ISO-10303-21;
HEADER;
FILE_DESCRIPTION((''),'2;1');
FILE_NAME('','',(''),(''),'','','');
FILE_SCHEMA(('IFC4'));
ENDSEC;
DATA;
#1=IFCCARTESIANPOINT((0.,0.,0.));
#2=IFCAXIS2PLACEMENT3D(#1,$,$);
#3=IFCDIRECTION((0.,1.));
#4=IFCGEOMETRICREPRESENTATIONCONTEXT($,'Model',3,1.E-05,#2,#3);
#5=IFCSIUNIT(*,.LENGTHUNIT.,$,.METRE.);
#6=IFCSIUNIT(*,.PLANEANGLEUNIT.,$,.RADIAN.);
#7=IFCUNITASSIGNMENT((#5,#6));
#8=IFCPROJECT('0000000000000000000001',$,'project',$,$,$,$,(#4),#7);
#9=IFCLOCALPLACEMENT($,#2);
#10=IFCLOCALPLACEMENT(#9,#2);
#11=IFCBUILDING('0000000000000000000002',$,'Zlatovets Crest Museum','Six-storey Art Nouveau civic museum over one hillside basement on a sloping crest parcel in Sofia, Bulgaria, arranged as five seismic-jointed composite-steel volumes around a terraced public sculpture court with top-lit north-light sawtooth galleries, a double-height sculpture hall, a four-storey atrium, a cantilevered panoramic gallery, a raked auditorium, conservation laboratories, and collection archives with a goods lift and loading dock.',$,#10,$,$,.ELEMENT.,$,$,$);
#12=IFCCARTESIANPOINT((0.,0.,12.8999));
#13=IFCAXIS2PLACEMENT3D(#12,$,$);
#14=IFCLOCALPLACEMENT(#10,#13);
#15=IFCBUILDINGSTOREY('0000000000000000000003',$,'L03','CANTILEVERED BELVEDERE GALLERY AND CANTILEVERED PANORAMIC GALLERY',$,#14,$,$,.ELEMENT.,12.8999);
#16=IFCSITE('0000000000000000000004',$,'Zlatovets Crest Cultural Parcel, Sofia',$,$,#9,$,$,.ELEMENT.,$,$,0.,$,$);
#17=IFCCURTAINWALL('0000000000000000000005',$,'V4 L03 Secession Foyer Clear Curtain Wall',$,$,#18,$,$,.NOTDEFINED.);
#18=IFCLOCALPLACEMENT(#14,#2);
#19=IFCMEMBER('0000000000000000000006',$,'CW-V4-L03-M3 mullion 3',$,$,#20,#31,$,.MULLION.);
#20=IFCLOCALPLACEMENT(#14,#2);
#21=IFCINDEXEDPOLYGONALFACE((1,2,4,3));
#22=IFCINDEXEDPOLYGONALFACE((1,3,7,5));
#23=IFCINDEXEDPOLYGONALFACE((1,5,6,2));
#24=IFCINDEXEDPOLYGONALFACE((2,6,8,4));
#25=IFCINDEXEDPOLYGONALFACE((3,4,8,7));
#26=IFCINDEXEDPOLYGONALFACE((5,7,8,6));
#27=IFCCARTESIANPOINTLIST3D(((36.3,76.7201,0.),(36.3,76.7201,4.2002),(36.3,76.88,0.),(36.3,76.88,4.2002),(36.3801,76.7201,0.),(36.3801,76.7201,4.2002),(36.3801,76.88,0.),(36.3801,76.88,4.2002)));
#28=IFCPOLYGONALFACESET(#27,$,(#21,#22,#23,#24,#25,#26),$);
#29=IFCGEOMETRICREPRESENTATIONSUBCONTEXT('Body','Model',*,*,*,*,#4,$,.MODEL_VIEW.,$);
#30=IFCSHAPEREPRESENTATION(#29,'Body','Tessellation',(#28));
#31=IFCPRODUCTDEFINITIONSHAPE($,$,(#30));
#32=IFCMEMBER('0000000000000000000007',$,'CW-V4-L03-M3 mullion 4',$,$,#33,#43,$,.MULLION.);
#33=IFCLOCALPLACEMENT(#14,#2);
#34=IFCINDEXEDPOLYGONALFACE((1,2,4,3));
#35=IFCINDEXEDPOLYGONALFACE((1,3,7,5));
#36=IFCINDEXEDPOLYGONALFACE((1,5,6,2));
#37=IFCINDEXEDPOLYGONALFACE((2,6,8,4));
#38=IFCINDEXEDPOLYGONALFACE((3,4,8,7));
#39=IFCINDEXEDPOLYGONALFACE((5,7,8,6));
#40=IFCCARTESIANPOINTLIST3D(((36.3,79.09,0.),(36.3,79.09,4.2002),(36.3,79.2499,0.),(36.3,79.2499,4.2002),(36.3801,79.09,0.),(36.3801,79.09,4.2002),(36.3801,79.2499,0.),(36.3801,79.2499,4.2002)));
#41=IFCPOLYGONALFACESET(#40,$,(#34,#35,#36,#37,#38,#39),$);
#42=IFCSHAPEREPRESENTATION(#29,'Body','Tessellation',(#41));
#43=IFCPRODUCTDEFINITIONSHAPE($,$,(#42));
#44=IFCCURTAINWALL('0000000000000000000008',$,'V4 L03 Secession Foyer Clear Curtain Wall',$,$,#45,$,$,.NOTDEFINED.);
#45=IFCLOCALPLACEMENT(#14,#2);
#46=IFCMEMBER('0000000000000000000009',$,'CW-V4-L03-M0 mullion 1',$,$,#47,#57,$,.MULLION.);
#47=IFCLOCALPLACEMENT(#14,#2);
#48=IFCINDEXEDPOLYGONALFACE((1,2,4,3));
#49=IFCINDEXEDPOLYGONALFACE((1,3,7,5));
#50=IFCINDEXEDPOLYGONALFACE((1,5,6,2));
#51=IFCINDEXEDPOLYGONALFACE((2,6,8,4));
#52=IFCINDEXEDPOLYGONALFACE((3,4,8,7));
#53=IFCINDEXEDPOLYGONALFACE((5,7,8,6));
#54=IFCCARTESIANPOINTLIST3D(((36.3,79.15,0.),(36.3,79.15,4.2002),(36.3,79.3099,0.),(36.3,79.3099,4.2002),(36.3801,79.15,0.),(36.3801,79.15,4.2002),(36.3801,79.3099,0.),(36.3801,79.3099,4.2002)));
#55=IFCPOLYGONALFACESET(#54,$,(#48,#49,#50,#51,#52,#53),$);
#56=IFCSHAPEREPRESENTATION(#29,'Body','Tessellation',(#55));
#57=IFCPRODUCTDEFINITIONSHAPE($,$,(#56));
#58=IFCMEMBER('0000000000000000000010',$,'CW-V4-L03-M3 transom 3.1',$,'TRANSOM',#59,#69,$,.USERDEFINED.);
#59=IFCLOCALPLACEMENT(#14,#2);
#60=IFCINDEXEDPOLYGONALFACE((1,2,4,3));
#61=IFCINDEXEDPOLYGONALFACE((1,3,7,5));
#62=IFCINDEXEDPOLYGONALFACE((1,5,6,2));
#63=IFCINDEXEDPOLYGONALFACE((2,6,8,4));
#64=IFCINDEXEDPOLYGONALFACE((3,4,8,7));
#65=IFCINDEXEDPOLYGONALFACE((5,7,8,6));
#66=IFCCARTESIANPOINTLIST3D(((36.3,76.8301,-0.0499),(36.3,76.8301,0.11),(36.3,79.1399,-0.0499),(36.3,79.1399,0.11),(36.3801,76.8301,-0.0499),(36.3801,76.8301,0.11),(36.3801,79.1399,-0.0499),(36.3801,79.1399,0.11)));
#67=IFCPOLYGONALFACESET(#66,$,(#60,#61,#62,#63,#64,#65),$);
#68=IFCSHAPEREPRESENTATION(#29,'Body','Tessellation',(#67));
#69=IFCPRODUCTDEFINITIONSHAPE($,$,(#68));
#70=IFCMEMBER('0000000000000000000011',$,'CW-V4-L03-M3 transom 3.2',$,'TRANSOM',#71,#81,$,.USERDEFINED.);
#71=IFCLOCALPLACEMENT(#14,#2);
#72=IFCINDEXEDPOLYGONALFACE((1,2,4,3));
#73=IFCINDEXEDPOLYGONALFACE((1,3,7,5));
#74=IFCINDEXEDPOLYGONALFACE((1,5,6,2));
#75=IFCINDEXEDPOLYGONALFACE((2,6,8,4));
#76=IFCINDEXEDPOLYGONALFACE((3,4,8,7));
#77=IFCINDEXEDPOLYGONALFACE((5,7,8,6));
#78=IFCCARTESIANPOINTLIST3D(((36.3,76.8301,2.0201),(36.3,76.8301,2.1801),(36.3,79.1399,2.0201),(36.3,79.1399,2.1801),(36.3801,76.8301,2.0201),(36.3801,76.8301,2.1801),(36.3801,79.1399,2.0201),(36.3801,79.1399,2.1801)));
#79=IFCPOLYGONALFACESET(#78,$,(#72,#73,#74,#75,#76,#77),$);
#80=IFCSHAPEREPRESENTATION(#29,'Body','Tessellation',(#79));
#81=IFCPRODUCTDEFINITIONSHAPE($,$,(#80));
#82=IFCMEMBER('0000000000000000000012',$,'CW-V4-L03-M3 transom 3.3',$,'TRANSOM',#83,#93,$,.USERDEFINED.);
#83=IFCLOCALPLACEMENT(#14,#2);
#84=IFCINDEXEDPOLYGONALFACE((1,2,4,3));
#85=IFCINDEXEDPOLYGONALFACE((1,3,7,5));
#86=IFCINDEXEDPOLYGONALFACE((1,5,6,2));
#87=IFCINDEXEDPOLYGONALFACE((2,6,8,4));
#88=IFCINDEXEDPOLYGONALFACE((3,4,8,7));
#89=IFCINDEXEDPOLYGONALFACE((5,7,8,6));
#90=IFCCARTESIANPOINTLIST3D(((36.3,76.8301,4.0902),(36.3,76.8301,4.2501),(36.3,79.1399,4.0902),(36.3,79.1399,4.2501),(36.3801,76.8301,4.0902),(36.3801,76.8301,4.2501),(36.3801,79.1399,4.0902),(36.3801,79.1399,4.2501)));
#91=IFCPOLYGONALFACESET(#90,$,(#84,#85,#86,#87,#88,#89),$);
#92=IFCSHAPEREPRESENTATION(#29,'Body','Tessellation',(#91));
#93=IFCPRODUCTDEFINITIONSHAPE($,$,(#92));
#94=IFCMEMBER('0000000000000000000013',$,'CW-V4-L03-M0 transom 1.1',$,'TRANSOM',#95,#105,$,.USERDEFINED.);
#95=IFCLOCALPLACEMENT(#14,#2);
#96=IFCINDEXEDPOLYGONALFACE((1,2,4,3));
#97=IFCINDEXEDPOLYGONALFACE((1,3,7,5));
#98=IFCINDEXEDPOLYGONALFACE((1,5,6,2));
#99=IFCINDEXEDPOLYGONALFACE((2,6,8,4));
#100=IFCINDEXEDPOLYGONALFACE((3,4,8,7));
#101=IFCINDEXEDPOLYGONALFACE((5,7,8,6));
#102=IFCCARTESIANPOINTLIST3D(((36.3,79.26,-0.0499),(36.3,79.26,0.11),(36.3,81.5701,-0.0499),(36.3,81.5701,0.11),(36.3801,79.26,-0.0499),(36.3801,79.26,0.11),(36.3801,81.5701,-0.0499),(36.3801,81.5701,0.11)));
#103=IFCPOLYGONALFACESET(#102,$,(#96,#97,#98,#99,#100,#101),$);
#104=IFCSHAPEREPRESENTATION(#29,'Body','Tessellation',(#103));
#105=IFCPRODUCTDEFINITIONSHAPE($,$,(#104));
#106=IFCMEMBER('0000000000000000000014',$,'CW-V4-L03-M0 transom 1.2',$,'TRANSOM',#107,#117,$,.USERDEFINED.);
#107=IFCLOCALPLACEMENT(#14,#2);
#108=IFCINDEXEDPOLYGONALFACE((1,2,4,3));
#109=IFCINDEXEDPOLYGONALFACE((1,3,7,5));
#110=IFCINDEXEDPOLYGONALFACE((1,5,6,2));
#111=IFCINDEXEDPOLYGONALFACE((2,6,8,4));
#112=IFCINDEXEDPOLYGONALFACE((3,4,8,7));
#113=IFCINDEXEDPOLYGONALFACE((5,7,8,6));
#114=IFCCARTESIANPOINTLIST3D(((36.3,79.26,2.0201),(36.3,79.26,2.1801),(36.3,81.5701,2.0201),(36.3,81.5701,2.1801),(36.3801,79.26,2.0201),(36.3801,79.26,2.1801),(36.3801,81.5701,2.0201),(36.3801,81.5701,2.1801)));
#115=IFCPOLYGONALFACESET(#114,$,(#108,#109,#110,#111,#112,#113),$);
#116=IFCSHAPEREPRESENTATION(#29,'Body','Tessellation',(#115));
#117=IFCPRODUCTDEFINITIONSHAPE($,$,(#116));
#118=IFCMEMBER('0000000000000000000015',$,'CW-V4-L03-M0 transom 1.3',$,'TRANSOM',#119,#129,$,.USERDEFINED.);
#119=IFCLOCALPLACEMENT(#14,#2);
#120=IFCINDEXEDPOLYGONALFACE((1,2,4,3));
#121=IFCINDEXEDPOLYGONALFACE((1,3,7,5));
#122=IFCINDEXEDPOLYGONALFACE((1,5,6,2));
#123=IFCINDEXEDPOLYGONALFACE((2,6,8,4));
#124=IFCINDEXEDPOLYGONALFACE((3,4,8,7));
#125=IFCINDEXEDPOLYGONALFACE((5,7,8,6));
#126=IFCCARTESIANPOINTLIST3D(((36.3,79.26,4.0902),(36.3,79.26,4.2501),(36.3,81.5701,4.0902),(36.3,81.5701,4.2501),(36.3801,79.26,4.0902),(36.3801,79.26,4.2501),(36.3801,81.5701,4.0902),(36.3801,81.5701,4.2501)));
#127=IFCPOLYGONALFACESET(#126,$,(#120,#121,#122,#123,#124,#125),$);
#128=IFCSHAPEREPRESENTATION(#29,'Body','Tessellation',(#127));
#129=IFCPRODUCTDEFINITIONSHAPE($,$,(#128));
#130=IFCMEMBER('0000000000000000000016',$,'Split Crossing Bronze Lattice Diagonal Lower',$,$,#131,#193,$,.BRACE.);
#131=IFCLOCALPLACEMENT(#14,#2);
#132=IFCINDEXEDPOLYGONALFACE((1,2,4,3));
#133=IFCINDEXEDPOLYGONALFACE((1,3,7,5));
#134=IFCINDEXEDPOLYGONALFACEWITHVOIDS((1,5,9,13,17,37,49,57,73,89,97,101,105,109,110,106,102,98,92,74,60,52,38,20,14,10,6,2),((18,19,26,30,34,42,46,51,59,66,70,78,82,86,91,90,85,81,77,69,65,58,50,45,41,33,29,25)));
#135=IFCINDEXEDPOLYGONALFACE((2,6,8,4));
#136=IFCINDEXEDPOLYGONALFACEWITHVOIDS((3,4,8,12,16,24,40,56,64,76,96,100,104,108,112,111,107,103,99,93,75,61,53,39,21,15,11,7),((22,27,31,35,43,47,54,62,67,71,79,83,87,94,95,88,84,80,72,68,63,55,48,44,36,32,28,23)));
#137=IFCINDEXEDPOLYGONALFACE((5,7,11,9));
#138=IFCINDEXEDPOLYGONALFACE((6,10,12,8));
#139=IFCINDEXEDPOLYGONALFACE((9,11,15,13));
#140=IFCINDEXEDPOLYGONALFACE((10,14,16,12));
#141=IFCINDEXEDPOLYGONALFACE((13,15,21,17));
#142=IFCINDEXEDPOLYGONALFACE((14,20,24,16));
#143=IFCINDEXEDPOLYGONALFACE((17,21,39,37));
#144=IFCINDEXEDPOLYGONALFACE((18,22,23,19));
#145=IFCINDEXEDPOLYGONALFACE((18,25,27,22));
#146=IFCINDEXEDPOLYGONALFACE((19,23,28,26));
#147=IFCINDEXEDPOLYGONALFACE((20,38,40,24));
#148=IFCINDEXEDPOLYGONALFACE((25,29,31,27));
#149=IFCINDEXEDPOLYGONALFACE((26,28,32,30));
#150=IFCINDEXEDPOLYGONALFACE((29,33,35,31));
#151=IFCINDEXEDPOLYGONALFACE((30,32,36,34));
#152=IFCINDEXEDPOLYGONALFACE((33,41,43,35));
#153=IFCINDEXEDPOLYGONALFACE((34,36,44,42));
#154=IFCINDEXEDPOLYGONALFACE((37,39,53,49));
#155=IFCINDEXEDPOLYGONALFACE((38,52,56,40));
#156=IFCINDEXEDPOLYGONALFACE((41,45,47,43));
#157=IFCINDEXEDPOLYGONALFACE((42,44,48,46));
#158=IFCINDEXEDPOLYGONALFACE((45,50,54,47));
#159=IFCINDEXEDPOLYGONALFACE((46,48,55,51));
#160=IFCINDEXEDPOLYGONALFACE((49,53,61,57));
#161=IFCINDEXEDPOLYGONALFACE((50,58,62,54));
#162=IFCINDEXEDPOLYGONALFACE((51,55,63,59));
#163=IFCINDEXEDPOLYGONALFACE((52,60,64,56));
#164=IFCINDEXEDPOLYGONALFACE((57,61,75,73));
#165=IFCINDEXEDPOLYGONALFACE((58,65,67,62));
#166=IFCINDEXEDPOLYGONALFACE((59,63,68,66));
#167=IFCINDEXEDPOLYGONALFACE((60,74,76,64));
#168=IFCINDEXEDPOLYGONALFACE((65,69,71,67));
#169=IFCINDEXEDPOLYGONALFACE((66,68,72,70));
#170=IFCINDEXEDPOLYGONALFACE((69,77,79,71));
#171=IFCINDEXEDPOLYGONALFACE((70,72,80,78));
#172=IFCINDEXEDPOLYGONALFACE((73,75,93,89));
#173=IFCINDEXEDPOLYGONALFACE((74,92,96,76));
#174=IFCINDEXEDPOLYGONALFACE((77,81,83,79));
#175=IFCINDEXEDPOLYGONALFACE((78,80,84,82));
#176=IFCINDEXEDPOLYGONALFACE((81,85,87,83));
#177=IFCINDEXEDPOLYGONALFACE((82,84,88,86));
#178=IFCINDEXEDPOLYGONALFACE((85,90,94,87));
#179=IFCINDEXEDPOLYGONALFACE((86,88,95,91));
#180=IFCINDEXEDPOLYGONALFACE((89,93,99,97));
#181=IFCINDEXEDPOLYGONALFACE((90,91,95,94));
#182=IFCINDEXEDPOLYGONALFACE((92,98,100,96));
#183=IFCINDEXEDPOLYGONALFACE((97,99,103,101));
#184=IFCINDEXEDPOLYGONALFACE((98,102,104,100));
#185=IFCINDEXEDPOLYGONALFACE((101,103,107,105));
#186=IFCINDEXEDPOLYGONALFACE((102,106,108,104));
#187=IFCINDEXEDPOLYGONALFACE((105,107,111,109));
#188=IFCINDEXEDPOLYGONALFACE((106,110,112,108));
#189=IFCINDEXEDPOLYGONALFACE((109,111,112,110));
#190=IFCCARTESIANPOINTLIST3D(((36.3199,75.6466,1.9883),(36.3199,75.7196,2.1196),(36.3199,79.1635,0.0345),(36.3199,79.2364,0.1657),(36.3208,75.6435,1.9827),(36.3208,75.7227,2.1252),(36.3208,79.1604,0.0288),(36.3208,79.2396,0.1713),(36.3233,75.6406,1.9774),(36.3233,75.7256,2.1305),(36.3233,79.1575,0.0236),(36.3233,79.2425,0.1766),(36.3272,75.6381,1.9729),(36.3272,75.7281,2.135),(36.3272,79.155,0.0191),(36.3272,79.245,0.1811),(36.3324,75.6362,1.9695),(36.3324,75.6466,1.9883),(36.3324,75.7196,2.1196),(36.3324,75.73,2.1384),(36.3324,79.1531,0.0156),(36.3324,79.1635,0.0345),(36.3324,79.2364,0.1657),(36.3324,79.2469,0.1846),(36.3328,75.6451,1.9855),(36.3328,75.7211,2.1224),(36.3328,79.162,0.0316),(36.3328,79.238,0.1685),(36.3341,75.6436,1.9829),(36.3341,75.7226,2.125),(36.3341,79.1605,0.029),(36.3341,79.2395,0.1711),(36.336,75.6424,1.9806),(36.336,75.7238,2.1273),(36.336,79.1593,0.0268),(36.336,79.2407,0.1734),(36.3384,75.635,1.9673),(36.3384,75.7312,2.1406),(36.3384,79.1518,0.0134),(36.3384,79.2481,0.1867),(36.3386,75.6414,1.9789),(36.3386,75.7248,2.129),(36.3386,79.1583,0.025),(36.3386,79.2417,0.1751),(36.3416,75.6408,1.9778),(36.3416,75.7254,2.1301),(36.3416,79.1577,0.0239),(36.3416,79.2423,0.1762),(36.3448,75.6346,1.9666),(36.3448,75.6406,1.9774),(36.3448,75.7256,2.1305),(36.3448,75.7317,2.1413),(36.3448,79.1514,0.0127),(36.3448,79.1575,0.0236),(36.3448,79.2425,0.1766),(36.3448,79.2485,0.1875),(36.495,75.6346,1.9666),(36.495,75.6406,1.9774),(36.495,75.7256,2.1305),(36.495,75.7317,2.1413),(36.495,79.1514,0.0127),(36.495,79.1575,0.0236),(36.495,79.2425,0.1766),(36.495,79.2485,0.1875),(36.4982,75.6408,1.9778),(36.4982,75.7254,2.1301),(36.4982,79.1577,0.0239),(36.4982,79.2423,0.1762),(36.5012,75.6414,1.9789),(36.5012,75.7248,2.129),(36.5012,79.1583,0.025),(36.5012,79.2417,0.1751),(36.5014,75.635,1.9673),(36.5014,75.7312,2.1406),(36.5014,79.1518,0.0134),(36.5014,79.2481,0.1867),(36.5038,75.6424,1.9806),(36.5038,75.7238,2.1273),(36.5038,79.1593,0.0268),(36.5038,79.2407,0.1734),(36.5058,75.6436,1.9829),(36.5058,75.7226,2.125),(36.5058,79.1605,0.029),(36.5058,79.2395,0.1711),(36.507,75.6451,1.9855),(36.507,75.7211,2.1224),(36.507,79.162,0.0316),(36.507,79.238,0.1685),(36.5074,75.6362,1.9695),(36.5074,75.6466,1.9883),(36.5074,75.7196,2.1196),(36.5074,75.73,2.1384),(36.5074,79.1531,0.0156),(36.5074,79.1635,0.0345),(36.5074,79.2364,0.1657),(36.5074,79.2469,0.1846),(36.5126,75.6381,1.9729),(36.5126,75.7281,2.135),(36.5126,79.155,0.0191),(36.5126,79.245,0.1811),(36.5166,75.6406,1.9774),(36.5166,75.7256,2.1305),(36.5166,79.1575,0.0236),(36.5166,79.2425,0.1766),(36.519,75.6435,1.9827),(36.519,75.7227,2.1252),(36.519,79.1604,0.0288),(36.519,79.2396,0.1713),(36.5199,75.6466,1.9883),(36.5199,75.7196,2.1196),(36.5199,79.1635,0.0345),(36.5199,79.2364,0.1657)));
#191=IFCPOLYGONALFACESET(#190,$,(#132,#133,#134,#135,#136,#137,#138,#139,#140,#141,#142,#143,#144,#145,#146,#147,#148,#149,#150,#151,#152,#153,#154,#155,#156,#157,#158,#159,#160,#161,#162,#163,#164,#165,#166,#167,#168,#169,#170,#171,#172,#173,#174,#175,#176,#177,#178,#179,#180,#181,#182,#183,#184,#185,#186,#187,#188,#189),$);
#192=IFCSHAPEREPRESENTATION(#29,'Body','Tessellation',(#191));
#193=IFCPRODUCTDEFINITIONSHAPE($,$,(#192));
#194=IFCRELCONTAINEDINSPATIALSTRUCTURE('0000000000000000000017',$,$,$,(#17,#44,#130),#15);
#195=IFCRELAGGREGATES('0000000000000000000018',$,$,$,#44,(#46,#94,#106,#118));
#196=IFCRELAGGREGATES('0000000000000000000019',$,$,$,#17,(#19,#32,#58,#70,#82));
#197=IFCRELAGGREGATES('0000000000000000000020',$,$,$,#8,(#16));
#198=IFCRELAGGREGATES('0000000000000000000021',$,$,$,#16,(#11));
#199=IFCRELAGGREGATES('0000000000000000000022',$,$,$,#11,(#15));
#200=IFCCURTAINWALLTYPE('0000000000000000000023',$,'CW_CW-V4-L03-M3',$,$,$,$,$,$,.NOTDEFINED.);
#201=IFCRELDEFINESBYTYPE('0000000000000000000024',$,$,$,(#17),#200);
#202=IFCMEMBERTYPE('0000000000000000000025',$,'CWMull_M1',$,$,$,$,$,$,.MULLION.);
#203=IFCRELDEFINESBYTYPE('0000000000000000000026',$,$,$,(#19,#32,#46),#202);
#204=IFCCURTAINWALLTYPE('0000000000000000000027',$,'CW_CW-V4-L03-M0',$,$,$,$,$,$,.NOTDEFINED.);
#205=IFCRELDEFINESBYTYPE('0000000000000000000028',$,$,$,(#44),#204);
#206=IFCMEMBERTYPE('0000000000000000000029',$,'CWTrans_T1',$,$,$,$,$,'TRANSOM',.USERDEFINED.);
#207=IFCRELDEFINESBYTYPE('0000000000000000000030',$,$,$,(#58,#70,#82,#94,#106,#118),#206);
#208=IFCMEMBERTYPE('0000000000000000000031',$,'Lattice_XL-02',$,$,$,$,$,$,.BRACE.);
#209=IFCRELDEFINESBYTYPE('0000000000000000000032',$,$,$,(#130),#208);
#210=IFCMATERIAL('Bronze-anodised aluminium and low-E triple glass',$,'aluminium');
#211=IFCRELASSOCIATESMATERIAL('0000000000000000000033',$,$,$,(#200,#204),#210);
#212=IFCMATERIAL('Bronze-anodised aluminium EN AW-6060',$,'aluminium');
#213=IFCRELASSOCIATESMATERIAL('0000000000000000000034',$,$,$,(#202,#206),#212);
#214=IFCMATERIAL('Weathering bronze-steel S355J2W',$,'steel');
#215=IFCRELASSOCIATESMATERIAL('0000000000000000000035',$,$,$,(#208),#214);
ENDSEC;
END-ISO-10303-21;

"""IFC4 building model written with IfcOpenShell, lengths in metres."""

from ifc_helpers import new_model, si_unit, direction, frame, origin, origin_2d, place, context, subcontext, project, spatial, rectangle, hollow_rectangle, extrude, material, material_profile, profile_set, type_object, element, aggregate, save


model = new_model("IFC4")

# Units and contexts
model_context = context("Model", 3, precision=1e-05, world=origin(), true_north=direction((0.0, 1.0)))
body_context = subcontext(model_context, "Body", "Model", "MODEL_VIEW")
ifc_project = project(units=[si_unit("LENGTHUNIT", "METRE"), si_unit("PLANEANGLEUNIT", "RADIAN")], contexts=[model_context])

# Site, building, storey
site_placement = place(None, origin())
site = spatial("IfcSite", under=ifc_project, at=site_placement, Name="Zlatovets Crest Cultural Parcel, Sofia", CompositionType="ELEMENT", RefElevation=0.0)
building_placement = place(site_placement, origin())
building = spatial("IfcBuilding", under=site, at=building_placement, Name="Zlatovets Crest Museum", Description="Six-storey Art Nouveau civic museum over one hillside basement on a sloping crest parcel in Sofia, Bulgaria, arranged as five seismic-jointed composite-steel volumes around a terraced public sculpture court with top-lit north-light sawtooth galleries, a double-height sculpture hall, a four-storey atrium, a cantilevered panoramic gallery, a raked auditorium, conservation laboratories, and collection archives with a goods lift and loading dock.", CompositionType="ELEMENT")
storey_placement = place(building_placement, frame((0.0, 0.0, 12.8999)))
storey = spatial("IfcBuildingStorey", under=building, at=storey_placement, Name="L03", Description="CANTILEVERED BELVEDERE GALLERY AND CANTILEVERED PANORAMIC GALLERY", CompositionType="ELEMENT", Elevation=12.8999)

# Curtain wall, members
ifc_material_1 = material(Name="Bronze-anodised aluminium and low-E triple glass", Category="aluminium")
curtain_wall_type_1 = type_object("IfcCurtainWallType", Name="CW_CW-V4-L03-M3", PredefinedType="NOTDEFINED", material=ifc_material_1)
curtain_wall_1_placement = place(storey_placement, origin())
curtain_wall_1 = element("IfcCurtainWall", 1, at=curtain_wall_1_placement, inside=storey, type_object=curtain_wall_type_1, Name="V4 L03 Secession Foyer Clear Curtain Wall", PredefinedType="NOTDEFINED")
ifc_material_2 = material(Name="Bronze-anodised aluminium EN AW-6060", Category="aluminium")
ifc_material_profile_1 = material_profile(ifc_material_2, rectangle(XDim=0.0801, YDim=0.1599, at=origin_2d()), Name="ALU 80x160")
ifc_profile_set_1 = profile_set([ifc_material_profile_1], Name="Bronze-anodised aluminium EN AW-6060")
member_type_1 = type_object("IfcMemberType", Name="CWMull_M1", PredefinedType="MULLION", material=ifc_profile_set_1)
member_1_placement = place(storey_placement, frame((36.3401, 76.8, 0.0), z_axis=(0.0, 0.0, 1.0), x_axis=(-1.0, 0.0, 0.0)))
member_1 = element("IfcMember", 2, at=member_1_placement, type_object=member_type_1, Name="CW-V4-L03-M3 mullion 3", PredefinedType="MULLION", context=body_context, shape_type="SweptSolid", body=[
    extrude(rectangle(XDim=0.0801, YDim=0.1599, at=origin_2d()), origin(), (0.0, 0.0, 1.0), 4.2002),
])
member_2_placement = place(storey_placement, frame((36.3401, 79.1699, 0.0), z_axis=(0.0, 0.0, 1.0), x_axis=(-1.0, 0.0, 0.0)))
member_2 = element("IfcMember", 3, at=member_2_placement, type_object=member_type_1, Name="CW-V4-L03-M3 mullion 4", PredefinedType="MULLION", context=body_context, shape_type="SweptSolid", body=[
    extrude(rectangle(XDim=0.0801, YDim=0.1599, at=origin_2d()), origin(), (0.0, 0.0, 1.0), 4.2002),
])

# Curtain wall, member
curtain_wall_type_2 = type_object("IfcCurtainWallType", Name="CW_CW-V4-L03-M0", PredefinedType="NOTDEFINED", material=ifc_material_1)
curtain_wall_2_placement = place(storey_placement, origin())
curtain_wall_2 = element("IfcCurtainWall", 4, at=curtain_wall_2_placement, inside=storey, type_object=curtain_wall_type_2, Name="V4 L03 Secession Foyer Clear Curtain Wall", PredefinedType="NOTDEFINED")
member_3_placement = place(storey_placement, frame((36.3401, 79.23, 0.0), z_axis=(0.0, 0.0, 1.0), x_axis=(-1.0, 0.0, 0.0)))
member_3 = element("IfcMember", 5, at=member_3_placement, type_object=member_type_1, Name="CW-V4-L03-M0 mullion 1", PredefinedType="MULLION", context=body_context, shape_type="SweptSolid", body=[
    extrude(rectangle(XDim=0.0801, YDim=0.1599, at=origin_2d()), origin(), (0.0, 0.0, 1.0), 4.2002),
])

# Members
ifc_material_profile_2 = material_profile(ifc_material_2, rectangle(XDim=0.0801, YDim=0.1599, at=origin_2d()), Name="ALU 80x160")
ifc_profile_set_2 = profile_set([ifc_material_profile_2], Name="Bronze-anodised aluminium EN AW-6060")
member_type_2 = type_object("IfcMemberType", Name="CWTrans_T1", ElementType="TRANSOM", PredefinedType="USERDEFINED", material=ifc_profile_set_2)
member_4_placement = place(storey_placement, frame((36.3401, 76.8301, 0.03), z_axis=(0.0, 1.0, 0.0), x_axis=(-1.0, 0.0, 0.0)))
member_4 = element("IfcMember", 6, at=member_4_placement, type_object=member_type_2, Name="CW-V4-L03-M3 transom 3.1", ObjectType="TRANSOM", PredefinedType="USERDEFINED", context=body_context, shape_type="SweptSolid", body=[
    extrude(rectangle(XDim=0.0801, YDim=0.1599, at=origin_2d()), origin(), (0.0, 0.0, 1.0), 2.3098),
])
member_5_placement = place(storey_placement, frame((36.3401, 76.8301, 2.1001), z_axis=(0.0, 1.0, 0.0), x_axis=(-1.0, 0.0, 0.0)))
member_5 = element("IfcMember", 7, at=member_5_placement, type_object=member_type_2, Name="CW-V4-L03-M3 transom 3.2", ObjectType="TRANSOM", PredefinedType="USERDEFINED", context=body_context, shape_type="SweptSolid", body=[
    extrude(rectangle(XDim=0.0801, YDim=0.1599, at=origin_2d()), origin(), (0.0, 0.0, 1.0), 2.3098),
])
member_6_placement = place(storey_placement, frame((36.3401, 76.8301, 4.1702), z_axis=(0.0, 1.0, 0.0), x_axis=(-1.0, 0.0, 0.0)))
member_6 = element("IfcMember", 8, at=member_6_placement, type_object=member_type_2, Name="CW-V4-L03-M3 transom 3.3", ObjectType="TRANSOM", PredefinedType="USERDEFINED", context=body_context, shape_type="SweptSolid", body=[
    extrude(rectangle(XDim=0.0801, YDim=0.1599, at=origin_2d()), origin(), (0.0, 0.0, 1.0), 2.3098),
])
member_7_placement = place(storey_placement, frame((36.3401, 79.26, 0.03), z_axis=(0.0, 1.0, 0.0), x_axis=(-1.0, 0.0, 0.0)))
member_7 = element("IfcMember", 9, at=member_7_placement, type_object=member_type_2, Name="CW-V4-L03-M0 transom 1.1", ObjectType="TRANSOM", PredefinedType="USERDEFINED", context=body_context, shape_type="SweptSolid", body=[
    extrude(rectangle(XDim=0.0801, YDim=0.1599, at=origin_2d()), origin(), (0.0, 0.0, 1.0), 2.3101),
])
member_8_placement = place(storey_placement, frame((36.3401, 79.26, 2.1001), z_axis=(0.0, 1.0, 0.0), x_axis=(-1.0, 0.0, 0.0)))
member_8 = element("IfcMember", 10, at=member_8_placement, type_object=member_type_2, Name="CW-V4-L03-M0 transom 1.2", ObjectType="TRANSOM", PredefinedType="USERDEFINED", context=body_context, shape_type="SweptSolid", body=[
    extrude(rectangle(XDim=0.0801, YDim=0.1599, at=origin_2d()), origin(), (0.0, 0.0, 1.0), 2.3101),
])
member_9_placement = place(storey_placement, frame((36.3401, 79.26, 4.1702), z_axis=(0.0, 1.0, 0.0), x_axis=(-1.0, 0.0, 0.0)))
member_9 = element("IfcMember", 11, at=member_9_placement, type_object=member_type_2, Name="CW-V4-L03-M0 transom 1.3", ObjectType="TRANSOM", PredefinedType="USERDEFINED", context=body_context, shape_type="SweptSolid", body=[
    extrude(rectangle(XDim=0.0801, YDim=0.1599, at=origin_2d()), origin(), (0.0, 0.0, 1.0), 2.3101),
])
aggregate(curtain_wall_2, [member_3, member_7, member_8, member_9])

# Member
ifc_material_3 = material(Name="Weathering bronze-steel S355J2W", Category="steel")
ifc_material_profile_3 = material_profile(ifc_material_3, hollow_rectangle(XDim=0.2, YDim=0.2, WallThickness=0.0125, InnerFilletRadius=0.0125, OuterFilletRadius=0.0249, at=origin_2d()), Name="SHS 200x200x12.5")
ifc_profile_set_3 = profile_set([ifc_material_profile_3], Name="Weathering bronze-steel S355J2W")
member_type_3 = type_object("IfcMemberType", Name="Lattice_XL-02", PredefinedType="BRACE", material=ifc_profile_set_3)
member_10_placement = place(storey_placement, frame((36.4199, 75.6831, 2.054), z_axis=(0.0, 0.874152, -0.485653), x_axis=(-1.0, 0.0, 0.0)))
element("IfcMember", 12, at=member_10_placement, inside=storey, type_object=member_type_3, Name="Split Crossing Bronze Lattice Diagonal Lower", PredefinedType="BRACE", context=body_context, shape_type="SweptSolid", body=[
    extrude(hollow_rectangle(XDim=0.2, YDim=0.2, WallThickness=0.0125, InnerFilletRadius=0.0125, OuterFilletRadius=0.0249, at=origin_2d()), origin(), (0.0, 0.0, 1.0), 4.0232),
])

aggregate(curtain_wall_1, [member_1, member_2, member_4, member_5, member_6])

save(model, "model.ifc")
